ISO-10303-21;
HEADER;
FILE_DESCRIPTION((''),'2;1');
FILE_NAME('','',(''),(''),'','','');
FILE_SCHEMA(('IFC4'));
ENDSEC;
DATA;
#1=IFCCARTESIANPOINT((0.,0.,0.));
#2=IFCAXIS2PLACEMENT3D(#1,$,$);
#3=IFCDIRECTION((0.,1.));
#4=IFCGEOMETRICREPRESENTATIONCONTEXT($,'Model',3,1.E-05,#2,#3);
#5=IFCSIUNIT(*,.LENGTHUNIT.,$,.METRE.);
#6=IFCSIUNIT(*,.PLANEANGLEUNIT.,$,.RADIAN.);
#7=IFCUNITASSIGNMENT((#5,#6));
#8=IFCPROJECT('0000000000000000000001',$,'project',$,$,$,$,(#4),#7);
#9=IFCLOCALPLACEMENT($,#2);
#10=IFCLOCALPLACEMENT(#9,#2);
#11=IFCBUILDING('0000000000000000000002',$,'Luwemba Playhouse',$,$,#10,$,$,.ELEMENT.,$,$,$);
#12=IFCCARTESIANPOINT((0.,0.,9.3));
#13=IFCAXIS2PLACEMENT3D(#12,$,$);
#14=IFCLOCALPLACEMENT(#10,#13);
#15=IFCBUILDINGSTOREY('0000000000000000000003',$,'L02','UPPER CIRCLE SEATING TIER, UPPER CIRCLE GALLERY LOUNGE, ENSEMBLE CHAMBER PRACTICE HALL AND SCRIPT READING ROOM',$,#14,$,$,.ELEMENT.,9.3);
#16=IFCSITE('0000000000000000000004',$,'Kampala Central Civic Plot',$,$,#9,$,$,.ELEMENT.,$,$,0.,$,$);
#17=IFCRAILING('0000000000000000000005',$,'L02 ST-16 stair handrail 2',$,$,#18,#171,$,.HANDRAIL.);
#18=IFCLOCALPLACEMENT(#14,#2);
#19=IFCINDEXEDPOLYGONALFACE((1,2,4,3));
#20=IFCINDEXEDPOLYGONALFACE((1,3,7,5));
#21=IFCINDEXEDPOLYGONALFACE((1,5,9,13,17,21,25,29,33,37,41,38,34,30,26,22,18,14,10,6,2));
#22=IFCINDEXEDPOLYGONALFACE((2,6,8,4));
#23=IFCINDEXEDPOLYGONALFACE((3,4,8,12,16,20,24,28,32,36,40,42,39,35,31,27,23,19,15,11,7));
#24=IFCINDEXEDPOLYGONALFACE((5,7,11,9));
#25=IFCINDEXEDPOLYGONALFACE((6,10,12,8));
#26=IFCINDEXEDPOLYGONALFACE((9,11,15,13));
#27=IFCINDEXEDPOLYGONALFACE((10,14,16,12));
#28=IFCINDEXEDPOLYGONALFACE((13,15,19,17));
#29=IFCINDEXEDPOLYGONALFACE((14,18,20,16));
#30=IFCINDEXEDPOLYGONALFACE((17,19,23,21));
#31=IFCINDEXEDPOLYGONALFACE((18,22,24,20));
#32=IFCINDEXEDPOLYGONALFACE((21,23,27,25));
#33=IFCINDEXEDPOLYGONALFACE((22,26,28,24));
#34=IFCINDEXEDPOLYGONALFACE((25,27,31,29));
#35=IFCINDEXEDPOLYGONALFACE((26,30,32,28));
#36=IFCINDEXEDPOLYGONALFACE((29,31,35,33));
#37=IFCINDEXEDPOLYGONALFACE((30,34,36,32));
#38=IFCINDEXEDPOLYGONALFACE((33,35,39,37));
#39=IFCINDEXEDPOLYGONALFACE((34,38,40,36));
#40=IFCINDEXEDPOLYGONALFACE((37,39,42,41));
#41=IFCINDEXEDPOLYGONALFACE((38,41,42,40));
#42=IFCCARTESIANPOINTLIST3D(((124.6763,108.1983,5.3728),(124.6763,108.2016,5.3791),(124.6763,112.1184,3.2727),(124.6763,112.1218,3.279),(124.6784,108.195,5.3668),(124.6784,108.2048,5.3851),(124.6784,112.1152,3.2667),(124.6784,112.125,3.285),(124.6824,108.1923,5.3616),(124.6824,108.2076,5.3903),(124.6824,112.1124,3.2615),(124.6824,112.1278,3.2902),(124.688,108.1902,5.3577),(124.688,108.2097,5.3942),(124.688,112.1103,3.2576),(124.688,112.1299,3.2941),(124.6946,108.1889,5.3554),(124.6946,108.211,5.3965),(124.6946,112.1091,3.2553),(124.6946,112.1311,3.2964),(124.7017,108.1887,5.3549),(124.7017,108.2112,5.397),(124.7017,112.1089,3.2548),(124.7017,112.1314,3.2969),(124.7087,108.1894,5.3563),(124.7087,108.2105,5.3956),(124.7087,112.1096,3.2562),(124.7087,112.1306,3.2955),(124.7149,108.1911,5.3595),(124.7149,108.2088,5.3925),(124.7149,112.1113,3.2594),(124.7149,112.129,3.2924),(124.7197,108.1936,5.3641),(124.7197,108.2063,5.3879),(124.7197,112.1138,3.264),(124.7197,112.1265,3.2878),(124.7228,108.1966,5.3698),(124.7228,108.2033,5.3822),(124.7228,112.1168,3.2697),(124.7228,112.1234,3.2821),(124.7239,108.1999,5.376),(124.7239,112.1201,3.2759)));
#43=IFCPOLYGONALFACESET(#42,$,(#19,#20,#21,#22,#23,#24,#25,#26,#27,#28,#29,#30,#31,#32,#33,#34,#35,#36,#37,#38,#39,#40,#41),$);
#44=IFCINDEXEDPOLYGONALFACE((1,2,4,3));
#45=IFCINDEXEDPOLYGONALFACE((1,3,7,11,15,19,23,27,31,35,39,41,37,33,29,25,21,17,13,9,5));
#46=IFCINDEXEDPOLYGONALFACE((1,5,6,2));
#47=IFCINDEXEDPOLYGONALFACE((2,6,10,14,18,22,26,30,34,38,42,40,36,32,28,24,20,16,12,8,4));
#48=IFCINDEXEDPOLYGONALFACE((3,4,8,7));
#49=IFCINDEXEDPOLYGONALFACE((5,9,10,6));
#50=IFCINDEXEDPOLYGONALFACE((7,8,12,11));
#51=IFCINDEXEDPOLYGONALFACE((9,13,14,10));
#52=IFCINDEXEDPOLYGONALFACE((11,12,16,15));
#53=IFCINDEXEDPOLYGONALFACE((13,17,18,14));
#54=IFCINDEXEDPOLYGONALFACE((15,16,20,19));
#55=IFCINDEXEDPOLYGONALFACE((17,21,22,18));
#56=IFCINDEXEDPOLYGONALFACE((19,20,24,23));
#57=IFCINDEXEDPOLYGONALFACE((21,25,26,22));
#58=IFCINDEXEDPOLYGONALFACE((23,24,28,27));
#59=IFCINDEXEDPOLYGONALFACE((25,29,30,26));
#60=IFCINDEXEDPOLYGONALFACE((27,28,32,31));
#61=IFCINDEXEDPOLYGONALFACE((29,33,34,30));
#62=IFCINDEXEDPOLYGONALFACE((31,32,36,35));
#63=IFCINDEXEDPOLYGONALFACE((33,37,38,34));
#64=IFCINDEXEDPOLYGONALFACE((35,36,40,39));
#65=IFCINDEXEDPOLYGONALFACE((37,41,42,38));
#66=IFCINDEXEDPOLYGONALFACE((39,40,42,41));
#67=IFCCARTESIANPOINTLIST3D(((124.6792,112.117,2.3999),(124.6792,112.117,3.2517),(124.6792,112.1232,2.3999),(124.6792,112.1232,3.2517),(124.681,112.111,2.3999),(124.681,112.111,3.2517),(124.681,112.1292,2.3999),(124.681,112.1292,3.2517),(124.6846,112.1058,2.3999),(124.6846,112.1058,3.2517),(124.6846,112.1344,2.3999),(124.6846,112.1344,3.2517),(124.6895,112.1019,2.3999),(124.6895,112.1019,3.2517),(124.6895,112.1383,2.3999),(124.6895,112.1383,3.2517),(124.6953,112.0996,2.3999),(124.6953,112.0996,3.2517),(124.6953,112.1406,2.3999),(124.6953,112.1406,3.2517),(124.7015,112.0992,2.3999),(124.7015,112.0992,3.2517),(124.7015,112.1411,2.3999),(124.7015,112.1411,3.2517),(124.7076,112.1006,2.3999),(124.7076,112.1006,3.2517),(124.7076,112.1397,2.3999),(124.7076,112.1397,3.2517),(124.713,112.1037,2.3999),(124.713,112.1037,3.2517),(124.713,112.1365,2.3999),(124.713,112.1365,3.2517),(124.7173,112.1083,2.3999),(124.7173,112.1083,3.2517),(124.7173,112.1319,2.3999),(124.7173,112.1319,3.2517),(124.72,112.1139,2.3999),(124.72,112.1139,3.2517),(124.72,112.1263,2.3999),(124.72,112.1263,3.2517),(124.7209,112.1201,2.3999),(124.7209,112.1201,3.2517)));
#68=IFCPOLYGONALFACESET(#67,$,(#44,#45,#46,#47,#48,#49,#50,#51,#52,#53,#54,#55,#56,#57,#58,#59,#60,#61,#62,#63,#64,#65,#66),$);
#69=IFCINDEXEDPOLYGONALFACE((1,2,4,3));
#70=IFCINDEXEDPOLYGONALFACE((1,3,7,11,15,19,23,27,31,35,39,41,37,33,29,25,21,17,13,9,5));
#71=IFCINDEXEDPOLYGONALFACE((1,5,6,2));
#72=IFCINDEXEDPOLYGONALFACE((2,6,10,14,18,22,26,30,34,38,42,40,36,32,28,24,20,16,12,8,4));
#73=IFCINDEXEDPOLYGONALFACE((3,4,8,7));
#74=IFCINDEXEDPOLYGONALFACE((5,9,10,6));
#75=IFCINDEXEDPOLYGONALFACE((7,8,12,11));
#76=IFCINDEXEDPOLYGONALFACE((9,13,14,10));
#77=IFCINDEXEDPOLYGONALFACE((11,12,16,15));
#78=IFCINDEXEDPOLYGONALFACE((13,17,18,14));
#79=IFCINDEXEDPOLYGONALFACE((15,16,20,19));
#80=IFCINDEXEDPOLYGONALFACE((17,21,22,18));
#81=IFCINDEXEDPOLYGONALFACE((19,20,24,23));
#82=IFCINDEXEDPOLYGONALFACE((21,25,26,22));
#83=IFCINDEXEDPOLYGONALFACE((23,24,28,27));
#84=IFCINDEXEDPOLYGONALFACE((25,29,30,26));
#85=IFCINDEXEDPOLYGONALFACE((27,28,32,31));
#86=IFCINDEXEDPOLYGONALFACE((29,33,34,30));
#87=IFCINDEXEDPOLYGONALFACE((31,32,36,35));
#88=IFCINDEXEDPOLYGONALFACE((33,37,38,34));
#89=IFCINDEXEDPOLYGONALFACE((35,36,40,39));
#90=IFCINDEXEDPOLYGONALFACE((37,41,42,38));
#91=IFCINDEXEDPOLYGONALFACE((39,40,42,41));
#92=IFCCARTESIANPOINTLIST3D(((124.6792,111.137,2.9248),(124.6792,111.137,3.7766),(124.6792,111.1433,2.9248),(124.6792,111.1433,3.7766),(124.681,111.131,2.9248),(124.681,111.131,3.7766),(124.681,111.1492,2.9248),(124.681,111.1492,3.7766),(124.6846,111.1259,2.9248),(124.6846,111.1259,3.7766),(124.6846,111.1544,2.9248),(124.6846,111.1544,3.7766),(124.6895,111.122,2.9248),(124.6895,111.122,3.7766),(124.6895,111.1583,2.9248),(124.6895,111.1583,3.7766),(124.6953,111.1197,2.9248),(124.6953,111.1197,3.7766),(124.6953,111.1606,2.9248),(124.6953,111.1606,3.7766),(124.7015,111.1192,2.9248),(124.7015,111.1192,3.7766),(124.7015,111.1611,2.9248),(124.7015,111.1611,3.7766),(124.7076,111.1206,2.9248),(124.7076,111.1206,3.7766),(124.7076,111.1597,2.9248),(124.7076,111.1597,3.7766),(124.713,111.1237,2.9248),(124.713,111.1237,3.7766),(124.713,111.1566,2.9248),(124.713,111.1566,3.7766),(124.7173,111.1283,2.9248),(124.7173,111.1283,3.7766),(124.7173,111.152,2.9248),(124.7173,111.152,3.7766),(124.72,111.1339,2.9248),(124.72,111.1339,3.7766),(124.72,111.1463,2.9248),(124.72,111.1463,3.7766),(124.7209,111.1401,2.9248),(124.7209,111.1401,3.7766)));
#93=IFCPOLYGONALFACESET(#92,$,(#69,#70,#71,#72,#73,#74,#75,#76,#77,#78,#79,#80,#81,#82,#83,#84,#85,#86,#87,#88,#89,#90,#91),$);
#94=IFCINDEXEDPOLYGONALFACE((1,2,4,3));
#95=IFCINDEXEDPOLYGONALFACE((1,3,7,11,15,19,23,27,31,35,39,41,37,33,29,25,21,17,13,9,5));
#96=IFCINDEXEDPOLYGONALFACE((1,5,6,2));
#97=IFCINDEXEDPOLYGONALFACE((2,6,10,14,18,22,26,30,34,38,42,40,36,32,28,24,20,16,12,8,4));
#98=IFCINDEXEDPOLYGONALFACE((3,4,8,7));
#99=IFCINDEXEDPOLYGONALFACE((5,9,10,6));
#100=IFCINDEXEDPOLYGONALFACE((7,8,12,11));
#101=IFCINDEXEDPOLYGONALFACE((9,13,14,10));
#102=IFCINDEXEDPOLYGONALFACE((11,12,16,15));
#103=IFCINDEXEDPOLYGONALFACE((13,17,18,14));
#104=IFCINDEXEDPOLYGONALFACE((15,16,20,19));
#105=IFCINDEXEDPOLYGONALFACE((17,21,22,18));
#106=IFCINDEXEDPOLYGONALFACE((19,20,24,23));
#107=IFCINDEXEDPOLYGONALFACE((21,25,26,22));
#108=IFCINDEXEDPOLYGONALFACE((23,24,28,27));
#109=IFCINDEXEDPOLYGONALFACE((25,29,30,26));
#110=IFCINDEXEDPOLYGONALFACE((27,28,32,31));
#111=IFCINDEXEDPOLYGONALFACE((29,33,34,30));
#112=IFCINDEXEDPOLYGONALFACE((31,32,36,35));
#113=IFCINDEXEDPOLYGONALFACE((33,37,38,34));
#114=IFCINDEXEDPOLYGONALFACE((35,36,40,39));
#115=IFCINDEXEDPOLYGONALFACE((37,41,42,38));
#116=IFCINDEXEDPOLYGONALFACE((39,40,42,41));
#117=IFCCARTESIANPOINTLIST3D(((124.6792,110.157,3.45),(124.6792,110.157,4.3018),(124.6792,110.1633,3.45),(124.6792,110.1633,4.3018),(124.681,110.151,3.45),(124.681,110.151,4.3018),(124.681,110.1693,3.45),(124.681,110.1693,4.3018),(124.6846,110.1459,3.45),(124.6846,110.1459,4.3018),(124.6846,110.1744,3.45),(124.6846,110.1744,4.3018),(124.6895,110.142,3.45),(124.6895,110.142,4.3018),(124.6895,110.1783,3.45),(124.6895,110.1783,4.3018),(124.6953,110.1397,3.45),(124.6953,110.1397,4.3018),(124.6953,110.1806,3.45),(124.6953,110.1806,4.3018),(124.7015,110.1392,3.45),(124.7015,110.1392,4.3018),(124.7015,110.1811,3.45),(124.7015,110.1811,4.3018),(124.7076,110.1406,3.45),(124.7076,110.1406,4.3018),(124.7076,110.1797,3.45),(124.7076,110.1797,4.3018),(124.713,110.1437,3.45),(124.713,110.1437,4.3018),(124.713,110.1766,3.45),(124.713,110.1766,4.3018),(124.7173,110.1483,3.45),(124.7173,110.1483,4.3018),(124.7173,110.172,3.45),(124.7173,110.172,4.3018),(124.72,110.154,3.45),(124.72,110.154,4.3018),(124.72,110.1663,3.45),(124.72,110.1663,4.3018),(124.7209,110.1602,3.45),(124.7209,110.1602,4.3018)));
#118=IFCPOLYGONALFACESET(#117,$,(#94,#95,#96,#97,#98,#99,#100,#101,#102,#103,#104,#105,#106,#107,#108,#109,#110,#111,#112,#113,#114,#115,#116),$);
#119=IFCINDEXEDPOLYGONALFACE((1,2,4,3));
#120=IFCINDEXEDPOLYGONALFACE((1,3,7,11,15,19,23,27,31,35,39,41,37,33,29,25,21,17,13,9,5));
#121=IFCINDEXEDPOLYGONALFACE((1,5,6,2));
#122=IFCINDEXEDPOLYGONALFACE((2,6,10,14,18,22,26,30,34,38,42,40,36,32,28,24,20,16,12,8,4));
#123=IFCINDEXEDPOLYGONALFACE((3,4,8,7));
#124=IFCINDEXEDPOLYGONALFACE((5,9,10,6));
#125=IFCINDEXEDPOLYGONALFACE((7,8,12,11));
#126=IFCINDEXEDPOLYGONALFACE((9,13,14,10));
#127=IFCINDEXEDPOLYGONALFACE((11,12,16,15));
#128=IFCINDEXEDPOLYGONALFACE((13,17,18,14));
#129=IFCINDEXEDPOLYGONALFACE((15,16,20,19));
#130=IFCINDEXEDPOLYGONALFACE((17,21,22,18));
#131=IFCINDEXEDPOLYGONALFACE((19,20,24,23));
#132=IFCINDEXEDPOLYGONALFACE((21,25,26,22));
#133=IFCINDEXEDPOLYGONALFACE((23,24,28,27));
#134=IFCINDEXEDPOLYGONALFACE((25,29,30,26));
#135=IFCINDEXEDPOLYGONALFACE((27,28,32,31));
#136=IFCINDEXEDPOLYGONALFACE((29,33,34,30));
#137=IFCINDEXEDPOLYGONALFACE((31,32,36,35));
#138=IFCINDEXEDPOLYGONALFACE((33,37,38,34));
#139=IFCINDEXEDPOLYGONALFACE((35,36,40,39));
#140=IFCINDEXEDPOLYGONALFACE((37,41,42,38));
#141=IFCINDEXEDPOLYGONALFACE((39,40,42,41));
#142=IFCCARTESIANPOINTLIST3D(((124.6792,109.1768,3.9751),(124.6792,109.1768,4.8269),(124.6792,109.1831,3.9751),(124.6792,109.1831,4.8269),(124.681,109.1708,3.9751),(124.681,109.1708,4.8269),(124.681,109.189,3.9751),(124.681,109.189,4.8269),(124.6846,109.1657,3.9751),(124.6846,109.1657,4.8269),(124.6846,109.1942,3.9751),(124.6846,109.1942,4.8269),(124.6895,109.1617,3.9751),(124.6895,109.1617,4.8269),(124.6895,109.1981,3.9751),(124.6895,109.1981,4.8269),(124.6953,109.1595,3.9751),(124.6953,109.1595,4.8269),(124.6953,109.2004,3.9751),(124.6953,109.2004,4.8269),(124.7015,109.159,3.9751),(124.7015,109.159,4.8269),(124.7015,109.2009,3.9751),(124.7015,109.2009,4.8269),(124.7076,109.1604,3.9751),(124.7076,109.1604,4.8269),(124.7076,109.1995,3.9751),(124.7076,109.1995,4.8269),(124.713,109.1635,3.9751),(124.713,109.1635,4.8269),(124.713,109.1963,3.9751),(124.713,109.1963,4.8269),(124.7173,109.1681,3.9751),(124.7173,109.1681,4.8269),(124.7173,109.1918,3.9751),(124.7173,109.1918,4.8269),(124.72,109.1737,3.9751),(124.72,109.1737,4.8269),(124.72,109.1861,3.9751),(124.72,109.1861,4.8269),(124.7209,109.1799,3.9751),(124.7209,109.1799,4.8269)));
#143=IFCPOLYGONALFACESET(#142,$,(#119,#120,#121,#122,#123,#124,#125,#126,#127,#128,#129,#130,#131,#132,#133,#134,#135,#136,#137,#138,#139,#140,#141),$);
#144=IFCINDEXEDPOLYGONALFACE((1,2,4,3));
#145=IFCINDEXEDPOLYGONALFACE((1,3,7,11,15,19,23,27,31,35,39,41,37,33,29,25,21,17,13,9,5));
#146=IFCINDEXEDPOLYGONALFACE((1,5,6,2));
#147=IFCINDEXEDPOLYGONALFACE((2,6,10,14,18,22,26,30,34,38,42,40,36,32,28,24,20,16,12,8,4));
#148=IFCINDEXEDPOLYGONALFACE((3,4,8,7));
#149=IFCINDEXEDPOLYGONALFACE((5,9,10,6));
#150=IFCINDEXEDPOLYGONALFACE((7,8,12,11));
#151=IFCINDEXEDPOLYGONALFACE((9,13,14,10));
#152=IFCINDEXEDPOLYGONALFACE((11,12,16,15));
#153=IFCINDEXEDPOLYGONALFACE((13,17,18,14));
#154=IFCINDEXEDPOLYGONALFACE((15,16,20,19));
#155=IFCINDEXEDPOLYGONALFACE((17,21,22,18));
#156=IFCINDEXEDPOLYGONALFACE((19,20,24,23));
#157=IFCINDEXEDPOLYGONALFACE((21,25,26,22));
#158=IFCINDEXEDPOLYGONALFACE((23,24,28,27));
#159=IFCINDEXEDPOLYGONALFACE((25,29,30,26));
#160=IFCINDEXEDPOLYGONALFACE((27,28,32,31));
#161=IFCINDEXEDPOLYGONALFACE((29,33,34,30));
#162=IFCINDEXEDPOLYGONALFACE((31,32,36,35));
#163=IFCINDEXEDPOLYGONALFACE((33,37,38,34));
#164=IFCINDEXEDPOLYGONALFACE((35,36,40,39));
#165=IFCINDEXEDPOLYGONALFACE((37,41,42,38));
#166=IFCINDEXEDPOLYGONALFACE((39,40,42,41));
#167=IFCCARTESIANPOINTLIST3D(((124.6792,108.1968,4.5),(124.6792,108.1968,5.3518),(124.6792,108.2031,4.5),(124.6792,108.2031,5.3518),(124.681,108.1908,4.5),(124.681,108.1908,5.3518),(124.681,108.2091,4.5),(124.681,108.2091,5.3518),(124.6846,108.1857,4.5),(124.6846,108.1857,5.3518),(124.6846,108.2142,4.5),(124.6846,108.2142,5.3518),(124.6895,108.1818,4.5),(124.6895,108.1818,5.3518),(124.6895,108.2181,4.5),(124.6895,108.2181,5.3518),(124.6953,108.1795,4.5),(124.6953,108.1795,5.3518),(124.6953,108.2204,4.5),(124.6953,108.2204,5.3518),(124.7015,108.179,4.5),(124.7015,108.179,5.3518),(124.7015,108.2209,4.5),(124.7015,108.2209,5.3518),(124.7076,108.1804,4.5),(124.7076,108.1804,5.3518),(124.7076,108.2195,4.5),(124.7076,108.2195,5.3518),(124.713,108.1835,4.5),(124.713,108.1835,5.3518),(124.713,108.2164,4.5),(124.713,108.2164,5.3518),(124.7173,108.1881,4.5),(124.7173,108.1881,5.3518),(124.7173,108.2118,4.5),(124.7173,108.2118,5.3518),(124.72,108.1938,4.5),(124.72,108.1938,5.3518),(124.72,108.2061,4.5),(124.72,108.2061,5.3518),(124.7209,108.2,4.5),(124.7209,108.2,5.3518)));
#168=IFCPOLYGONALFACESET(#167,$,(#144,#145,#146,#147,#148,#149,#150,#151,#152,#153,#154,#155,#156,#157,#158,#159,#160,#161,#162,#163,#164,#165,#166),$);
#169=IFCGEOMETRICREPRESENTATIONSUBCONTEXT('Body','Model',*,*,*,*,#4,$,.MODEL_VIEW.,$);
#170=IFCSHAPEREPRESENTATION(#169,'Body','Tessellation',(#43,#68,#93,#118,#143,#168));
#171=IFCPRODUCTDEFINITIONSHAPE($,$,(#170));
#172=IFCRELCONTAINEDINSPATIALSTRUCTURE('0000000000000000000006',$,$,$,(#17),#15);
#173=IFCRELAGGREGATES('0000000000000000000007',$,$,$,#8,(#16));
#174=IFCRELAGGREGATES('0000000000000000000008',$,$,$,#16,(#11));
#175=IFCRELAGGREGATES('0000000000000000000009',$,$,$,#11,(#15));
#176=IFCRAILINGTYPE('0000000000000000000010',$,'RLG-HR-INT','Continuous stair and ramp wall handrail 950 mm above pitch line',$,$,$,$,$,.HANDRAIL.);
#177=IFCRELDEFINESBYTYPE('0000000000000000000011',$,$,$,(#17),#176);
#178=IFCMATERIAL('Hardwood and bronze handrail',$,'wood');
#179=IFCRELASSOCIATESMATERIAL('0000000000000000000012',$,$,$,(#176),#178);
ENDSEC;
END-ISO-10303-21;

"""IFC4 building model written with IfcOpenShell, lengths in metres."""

from ifc_helpers import new_model, si_unit, direction, frame, origin, origin_2d, place, context, subcontext, project, spatial, circle, extrude, material, type_object, element, save


model = new_model("IFC4")

# Units and contexts
model_context = context("Model", 3, precision=1e-05, world=origin(), true_north=direction((0.0, 1.0)))
body_context = subcontext(model_context, "Body", "Model", "MODEL_VIEW")
ifc_project = project(units=[si_unit("LENGTHUNIT", "METRE"), si_unit("PLANEANGLEUNIT", "RADIAN")], contexts=[model_context])

# Site, building, storey
site_placement = place(None, origin())
site = spatial("IfcSite", under=ifc_project, at=site_placement, Name="Kampala Central Civic Plot", CompositionType="ELEMENT", RefElevation=0.0)
building_placement = place(site_placement, origin())
building = spatial("IfcBuilding", under=site, at=building_placement, Name="Luwemba Playhouse", CompositionType="ELEMENT")
storey_placement = place(building_placement, frame((0.0, 0.0, 9.3)))
storey = spatial("IfcBuildingStorey", under=building, at=storey_placement, Name="L02", Description="UPPER CIRCLE SEATING TIER, UPPER CIRCLE GALLERY LOUNGE, ENSEMBLE CHAMBER PRACTICE HALL AND SCRIPT READING ROOM", CompositionType="ELEMENT", Elevation=9.3)

# Railing
ifc_material_1 = material(Name="Hardwood and bronze handrail", Category="wood")
railing_type_1 = type_object("IfcRailingType", Name="RLG-HR-INT", Description="Continuous stair and ramp wall handrail 950 mm above pitch line", PredefinedType="HANDRAIL", material=ifc_material_1)
railing_1_placement = place(storey_placement, frame((124.7, 112.1201, 2.3999)))
element("IfcRailing", 1, at=railing_1_placement, inside=storey, type_object=railing_type_1, Name="L02 ST-16 stair handrail 2", PredefinedType="HANDRAIL", context=body_context, shape_type="SweptSolid", body=[
    extrude(circle(Radius=0.0239, at=origin_2d()), frame((0.0, 0.0, 0.876), z_axis=(0.0, -0.881479, 0.472223), x_axis=(1.0, 0.0, 0.0)), (0.0, 0.0, 1.0), 4.4473),
    extrude(circle(Radius=0.021, at=origin_2d()), origin(), (0.0, 0.0, 1.0), 0.8518),
    extrude(circle(Radius=0.021, at=origin_2d()), frame((0.0, -0.98, 0.5249)), (0.0, 0.0, 1.0), 0.8518),
    extrude(circle(Radius=0.021, at=origin_2d()), frame((0.0, -1.96, 1.05)), (0.0, 0.0, 1.0), 0.8518),
    extrude(circle(Radius=0.021, at=origin_2d()), frame((0.0, -2.9402, 1.5752)), (0.0, 0.0, 1.0), 0.8518),
    extrude(circle(Radius=0.021, at=origin_2d()), frame((0.0, -3.9202, 2.1001)), (0.0, 0.0, 1.0), 0.8518),
])

save(model, "model.ifc")
